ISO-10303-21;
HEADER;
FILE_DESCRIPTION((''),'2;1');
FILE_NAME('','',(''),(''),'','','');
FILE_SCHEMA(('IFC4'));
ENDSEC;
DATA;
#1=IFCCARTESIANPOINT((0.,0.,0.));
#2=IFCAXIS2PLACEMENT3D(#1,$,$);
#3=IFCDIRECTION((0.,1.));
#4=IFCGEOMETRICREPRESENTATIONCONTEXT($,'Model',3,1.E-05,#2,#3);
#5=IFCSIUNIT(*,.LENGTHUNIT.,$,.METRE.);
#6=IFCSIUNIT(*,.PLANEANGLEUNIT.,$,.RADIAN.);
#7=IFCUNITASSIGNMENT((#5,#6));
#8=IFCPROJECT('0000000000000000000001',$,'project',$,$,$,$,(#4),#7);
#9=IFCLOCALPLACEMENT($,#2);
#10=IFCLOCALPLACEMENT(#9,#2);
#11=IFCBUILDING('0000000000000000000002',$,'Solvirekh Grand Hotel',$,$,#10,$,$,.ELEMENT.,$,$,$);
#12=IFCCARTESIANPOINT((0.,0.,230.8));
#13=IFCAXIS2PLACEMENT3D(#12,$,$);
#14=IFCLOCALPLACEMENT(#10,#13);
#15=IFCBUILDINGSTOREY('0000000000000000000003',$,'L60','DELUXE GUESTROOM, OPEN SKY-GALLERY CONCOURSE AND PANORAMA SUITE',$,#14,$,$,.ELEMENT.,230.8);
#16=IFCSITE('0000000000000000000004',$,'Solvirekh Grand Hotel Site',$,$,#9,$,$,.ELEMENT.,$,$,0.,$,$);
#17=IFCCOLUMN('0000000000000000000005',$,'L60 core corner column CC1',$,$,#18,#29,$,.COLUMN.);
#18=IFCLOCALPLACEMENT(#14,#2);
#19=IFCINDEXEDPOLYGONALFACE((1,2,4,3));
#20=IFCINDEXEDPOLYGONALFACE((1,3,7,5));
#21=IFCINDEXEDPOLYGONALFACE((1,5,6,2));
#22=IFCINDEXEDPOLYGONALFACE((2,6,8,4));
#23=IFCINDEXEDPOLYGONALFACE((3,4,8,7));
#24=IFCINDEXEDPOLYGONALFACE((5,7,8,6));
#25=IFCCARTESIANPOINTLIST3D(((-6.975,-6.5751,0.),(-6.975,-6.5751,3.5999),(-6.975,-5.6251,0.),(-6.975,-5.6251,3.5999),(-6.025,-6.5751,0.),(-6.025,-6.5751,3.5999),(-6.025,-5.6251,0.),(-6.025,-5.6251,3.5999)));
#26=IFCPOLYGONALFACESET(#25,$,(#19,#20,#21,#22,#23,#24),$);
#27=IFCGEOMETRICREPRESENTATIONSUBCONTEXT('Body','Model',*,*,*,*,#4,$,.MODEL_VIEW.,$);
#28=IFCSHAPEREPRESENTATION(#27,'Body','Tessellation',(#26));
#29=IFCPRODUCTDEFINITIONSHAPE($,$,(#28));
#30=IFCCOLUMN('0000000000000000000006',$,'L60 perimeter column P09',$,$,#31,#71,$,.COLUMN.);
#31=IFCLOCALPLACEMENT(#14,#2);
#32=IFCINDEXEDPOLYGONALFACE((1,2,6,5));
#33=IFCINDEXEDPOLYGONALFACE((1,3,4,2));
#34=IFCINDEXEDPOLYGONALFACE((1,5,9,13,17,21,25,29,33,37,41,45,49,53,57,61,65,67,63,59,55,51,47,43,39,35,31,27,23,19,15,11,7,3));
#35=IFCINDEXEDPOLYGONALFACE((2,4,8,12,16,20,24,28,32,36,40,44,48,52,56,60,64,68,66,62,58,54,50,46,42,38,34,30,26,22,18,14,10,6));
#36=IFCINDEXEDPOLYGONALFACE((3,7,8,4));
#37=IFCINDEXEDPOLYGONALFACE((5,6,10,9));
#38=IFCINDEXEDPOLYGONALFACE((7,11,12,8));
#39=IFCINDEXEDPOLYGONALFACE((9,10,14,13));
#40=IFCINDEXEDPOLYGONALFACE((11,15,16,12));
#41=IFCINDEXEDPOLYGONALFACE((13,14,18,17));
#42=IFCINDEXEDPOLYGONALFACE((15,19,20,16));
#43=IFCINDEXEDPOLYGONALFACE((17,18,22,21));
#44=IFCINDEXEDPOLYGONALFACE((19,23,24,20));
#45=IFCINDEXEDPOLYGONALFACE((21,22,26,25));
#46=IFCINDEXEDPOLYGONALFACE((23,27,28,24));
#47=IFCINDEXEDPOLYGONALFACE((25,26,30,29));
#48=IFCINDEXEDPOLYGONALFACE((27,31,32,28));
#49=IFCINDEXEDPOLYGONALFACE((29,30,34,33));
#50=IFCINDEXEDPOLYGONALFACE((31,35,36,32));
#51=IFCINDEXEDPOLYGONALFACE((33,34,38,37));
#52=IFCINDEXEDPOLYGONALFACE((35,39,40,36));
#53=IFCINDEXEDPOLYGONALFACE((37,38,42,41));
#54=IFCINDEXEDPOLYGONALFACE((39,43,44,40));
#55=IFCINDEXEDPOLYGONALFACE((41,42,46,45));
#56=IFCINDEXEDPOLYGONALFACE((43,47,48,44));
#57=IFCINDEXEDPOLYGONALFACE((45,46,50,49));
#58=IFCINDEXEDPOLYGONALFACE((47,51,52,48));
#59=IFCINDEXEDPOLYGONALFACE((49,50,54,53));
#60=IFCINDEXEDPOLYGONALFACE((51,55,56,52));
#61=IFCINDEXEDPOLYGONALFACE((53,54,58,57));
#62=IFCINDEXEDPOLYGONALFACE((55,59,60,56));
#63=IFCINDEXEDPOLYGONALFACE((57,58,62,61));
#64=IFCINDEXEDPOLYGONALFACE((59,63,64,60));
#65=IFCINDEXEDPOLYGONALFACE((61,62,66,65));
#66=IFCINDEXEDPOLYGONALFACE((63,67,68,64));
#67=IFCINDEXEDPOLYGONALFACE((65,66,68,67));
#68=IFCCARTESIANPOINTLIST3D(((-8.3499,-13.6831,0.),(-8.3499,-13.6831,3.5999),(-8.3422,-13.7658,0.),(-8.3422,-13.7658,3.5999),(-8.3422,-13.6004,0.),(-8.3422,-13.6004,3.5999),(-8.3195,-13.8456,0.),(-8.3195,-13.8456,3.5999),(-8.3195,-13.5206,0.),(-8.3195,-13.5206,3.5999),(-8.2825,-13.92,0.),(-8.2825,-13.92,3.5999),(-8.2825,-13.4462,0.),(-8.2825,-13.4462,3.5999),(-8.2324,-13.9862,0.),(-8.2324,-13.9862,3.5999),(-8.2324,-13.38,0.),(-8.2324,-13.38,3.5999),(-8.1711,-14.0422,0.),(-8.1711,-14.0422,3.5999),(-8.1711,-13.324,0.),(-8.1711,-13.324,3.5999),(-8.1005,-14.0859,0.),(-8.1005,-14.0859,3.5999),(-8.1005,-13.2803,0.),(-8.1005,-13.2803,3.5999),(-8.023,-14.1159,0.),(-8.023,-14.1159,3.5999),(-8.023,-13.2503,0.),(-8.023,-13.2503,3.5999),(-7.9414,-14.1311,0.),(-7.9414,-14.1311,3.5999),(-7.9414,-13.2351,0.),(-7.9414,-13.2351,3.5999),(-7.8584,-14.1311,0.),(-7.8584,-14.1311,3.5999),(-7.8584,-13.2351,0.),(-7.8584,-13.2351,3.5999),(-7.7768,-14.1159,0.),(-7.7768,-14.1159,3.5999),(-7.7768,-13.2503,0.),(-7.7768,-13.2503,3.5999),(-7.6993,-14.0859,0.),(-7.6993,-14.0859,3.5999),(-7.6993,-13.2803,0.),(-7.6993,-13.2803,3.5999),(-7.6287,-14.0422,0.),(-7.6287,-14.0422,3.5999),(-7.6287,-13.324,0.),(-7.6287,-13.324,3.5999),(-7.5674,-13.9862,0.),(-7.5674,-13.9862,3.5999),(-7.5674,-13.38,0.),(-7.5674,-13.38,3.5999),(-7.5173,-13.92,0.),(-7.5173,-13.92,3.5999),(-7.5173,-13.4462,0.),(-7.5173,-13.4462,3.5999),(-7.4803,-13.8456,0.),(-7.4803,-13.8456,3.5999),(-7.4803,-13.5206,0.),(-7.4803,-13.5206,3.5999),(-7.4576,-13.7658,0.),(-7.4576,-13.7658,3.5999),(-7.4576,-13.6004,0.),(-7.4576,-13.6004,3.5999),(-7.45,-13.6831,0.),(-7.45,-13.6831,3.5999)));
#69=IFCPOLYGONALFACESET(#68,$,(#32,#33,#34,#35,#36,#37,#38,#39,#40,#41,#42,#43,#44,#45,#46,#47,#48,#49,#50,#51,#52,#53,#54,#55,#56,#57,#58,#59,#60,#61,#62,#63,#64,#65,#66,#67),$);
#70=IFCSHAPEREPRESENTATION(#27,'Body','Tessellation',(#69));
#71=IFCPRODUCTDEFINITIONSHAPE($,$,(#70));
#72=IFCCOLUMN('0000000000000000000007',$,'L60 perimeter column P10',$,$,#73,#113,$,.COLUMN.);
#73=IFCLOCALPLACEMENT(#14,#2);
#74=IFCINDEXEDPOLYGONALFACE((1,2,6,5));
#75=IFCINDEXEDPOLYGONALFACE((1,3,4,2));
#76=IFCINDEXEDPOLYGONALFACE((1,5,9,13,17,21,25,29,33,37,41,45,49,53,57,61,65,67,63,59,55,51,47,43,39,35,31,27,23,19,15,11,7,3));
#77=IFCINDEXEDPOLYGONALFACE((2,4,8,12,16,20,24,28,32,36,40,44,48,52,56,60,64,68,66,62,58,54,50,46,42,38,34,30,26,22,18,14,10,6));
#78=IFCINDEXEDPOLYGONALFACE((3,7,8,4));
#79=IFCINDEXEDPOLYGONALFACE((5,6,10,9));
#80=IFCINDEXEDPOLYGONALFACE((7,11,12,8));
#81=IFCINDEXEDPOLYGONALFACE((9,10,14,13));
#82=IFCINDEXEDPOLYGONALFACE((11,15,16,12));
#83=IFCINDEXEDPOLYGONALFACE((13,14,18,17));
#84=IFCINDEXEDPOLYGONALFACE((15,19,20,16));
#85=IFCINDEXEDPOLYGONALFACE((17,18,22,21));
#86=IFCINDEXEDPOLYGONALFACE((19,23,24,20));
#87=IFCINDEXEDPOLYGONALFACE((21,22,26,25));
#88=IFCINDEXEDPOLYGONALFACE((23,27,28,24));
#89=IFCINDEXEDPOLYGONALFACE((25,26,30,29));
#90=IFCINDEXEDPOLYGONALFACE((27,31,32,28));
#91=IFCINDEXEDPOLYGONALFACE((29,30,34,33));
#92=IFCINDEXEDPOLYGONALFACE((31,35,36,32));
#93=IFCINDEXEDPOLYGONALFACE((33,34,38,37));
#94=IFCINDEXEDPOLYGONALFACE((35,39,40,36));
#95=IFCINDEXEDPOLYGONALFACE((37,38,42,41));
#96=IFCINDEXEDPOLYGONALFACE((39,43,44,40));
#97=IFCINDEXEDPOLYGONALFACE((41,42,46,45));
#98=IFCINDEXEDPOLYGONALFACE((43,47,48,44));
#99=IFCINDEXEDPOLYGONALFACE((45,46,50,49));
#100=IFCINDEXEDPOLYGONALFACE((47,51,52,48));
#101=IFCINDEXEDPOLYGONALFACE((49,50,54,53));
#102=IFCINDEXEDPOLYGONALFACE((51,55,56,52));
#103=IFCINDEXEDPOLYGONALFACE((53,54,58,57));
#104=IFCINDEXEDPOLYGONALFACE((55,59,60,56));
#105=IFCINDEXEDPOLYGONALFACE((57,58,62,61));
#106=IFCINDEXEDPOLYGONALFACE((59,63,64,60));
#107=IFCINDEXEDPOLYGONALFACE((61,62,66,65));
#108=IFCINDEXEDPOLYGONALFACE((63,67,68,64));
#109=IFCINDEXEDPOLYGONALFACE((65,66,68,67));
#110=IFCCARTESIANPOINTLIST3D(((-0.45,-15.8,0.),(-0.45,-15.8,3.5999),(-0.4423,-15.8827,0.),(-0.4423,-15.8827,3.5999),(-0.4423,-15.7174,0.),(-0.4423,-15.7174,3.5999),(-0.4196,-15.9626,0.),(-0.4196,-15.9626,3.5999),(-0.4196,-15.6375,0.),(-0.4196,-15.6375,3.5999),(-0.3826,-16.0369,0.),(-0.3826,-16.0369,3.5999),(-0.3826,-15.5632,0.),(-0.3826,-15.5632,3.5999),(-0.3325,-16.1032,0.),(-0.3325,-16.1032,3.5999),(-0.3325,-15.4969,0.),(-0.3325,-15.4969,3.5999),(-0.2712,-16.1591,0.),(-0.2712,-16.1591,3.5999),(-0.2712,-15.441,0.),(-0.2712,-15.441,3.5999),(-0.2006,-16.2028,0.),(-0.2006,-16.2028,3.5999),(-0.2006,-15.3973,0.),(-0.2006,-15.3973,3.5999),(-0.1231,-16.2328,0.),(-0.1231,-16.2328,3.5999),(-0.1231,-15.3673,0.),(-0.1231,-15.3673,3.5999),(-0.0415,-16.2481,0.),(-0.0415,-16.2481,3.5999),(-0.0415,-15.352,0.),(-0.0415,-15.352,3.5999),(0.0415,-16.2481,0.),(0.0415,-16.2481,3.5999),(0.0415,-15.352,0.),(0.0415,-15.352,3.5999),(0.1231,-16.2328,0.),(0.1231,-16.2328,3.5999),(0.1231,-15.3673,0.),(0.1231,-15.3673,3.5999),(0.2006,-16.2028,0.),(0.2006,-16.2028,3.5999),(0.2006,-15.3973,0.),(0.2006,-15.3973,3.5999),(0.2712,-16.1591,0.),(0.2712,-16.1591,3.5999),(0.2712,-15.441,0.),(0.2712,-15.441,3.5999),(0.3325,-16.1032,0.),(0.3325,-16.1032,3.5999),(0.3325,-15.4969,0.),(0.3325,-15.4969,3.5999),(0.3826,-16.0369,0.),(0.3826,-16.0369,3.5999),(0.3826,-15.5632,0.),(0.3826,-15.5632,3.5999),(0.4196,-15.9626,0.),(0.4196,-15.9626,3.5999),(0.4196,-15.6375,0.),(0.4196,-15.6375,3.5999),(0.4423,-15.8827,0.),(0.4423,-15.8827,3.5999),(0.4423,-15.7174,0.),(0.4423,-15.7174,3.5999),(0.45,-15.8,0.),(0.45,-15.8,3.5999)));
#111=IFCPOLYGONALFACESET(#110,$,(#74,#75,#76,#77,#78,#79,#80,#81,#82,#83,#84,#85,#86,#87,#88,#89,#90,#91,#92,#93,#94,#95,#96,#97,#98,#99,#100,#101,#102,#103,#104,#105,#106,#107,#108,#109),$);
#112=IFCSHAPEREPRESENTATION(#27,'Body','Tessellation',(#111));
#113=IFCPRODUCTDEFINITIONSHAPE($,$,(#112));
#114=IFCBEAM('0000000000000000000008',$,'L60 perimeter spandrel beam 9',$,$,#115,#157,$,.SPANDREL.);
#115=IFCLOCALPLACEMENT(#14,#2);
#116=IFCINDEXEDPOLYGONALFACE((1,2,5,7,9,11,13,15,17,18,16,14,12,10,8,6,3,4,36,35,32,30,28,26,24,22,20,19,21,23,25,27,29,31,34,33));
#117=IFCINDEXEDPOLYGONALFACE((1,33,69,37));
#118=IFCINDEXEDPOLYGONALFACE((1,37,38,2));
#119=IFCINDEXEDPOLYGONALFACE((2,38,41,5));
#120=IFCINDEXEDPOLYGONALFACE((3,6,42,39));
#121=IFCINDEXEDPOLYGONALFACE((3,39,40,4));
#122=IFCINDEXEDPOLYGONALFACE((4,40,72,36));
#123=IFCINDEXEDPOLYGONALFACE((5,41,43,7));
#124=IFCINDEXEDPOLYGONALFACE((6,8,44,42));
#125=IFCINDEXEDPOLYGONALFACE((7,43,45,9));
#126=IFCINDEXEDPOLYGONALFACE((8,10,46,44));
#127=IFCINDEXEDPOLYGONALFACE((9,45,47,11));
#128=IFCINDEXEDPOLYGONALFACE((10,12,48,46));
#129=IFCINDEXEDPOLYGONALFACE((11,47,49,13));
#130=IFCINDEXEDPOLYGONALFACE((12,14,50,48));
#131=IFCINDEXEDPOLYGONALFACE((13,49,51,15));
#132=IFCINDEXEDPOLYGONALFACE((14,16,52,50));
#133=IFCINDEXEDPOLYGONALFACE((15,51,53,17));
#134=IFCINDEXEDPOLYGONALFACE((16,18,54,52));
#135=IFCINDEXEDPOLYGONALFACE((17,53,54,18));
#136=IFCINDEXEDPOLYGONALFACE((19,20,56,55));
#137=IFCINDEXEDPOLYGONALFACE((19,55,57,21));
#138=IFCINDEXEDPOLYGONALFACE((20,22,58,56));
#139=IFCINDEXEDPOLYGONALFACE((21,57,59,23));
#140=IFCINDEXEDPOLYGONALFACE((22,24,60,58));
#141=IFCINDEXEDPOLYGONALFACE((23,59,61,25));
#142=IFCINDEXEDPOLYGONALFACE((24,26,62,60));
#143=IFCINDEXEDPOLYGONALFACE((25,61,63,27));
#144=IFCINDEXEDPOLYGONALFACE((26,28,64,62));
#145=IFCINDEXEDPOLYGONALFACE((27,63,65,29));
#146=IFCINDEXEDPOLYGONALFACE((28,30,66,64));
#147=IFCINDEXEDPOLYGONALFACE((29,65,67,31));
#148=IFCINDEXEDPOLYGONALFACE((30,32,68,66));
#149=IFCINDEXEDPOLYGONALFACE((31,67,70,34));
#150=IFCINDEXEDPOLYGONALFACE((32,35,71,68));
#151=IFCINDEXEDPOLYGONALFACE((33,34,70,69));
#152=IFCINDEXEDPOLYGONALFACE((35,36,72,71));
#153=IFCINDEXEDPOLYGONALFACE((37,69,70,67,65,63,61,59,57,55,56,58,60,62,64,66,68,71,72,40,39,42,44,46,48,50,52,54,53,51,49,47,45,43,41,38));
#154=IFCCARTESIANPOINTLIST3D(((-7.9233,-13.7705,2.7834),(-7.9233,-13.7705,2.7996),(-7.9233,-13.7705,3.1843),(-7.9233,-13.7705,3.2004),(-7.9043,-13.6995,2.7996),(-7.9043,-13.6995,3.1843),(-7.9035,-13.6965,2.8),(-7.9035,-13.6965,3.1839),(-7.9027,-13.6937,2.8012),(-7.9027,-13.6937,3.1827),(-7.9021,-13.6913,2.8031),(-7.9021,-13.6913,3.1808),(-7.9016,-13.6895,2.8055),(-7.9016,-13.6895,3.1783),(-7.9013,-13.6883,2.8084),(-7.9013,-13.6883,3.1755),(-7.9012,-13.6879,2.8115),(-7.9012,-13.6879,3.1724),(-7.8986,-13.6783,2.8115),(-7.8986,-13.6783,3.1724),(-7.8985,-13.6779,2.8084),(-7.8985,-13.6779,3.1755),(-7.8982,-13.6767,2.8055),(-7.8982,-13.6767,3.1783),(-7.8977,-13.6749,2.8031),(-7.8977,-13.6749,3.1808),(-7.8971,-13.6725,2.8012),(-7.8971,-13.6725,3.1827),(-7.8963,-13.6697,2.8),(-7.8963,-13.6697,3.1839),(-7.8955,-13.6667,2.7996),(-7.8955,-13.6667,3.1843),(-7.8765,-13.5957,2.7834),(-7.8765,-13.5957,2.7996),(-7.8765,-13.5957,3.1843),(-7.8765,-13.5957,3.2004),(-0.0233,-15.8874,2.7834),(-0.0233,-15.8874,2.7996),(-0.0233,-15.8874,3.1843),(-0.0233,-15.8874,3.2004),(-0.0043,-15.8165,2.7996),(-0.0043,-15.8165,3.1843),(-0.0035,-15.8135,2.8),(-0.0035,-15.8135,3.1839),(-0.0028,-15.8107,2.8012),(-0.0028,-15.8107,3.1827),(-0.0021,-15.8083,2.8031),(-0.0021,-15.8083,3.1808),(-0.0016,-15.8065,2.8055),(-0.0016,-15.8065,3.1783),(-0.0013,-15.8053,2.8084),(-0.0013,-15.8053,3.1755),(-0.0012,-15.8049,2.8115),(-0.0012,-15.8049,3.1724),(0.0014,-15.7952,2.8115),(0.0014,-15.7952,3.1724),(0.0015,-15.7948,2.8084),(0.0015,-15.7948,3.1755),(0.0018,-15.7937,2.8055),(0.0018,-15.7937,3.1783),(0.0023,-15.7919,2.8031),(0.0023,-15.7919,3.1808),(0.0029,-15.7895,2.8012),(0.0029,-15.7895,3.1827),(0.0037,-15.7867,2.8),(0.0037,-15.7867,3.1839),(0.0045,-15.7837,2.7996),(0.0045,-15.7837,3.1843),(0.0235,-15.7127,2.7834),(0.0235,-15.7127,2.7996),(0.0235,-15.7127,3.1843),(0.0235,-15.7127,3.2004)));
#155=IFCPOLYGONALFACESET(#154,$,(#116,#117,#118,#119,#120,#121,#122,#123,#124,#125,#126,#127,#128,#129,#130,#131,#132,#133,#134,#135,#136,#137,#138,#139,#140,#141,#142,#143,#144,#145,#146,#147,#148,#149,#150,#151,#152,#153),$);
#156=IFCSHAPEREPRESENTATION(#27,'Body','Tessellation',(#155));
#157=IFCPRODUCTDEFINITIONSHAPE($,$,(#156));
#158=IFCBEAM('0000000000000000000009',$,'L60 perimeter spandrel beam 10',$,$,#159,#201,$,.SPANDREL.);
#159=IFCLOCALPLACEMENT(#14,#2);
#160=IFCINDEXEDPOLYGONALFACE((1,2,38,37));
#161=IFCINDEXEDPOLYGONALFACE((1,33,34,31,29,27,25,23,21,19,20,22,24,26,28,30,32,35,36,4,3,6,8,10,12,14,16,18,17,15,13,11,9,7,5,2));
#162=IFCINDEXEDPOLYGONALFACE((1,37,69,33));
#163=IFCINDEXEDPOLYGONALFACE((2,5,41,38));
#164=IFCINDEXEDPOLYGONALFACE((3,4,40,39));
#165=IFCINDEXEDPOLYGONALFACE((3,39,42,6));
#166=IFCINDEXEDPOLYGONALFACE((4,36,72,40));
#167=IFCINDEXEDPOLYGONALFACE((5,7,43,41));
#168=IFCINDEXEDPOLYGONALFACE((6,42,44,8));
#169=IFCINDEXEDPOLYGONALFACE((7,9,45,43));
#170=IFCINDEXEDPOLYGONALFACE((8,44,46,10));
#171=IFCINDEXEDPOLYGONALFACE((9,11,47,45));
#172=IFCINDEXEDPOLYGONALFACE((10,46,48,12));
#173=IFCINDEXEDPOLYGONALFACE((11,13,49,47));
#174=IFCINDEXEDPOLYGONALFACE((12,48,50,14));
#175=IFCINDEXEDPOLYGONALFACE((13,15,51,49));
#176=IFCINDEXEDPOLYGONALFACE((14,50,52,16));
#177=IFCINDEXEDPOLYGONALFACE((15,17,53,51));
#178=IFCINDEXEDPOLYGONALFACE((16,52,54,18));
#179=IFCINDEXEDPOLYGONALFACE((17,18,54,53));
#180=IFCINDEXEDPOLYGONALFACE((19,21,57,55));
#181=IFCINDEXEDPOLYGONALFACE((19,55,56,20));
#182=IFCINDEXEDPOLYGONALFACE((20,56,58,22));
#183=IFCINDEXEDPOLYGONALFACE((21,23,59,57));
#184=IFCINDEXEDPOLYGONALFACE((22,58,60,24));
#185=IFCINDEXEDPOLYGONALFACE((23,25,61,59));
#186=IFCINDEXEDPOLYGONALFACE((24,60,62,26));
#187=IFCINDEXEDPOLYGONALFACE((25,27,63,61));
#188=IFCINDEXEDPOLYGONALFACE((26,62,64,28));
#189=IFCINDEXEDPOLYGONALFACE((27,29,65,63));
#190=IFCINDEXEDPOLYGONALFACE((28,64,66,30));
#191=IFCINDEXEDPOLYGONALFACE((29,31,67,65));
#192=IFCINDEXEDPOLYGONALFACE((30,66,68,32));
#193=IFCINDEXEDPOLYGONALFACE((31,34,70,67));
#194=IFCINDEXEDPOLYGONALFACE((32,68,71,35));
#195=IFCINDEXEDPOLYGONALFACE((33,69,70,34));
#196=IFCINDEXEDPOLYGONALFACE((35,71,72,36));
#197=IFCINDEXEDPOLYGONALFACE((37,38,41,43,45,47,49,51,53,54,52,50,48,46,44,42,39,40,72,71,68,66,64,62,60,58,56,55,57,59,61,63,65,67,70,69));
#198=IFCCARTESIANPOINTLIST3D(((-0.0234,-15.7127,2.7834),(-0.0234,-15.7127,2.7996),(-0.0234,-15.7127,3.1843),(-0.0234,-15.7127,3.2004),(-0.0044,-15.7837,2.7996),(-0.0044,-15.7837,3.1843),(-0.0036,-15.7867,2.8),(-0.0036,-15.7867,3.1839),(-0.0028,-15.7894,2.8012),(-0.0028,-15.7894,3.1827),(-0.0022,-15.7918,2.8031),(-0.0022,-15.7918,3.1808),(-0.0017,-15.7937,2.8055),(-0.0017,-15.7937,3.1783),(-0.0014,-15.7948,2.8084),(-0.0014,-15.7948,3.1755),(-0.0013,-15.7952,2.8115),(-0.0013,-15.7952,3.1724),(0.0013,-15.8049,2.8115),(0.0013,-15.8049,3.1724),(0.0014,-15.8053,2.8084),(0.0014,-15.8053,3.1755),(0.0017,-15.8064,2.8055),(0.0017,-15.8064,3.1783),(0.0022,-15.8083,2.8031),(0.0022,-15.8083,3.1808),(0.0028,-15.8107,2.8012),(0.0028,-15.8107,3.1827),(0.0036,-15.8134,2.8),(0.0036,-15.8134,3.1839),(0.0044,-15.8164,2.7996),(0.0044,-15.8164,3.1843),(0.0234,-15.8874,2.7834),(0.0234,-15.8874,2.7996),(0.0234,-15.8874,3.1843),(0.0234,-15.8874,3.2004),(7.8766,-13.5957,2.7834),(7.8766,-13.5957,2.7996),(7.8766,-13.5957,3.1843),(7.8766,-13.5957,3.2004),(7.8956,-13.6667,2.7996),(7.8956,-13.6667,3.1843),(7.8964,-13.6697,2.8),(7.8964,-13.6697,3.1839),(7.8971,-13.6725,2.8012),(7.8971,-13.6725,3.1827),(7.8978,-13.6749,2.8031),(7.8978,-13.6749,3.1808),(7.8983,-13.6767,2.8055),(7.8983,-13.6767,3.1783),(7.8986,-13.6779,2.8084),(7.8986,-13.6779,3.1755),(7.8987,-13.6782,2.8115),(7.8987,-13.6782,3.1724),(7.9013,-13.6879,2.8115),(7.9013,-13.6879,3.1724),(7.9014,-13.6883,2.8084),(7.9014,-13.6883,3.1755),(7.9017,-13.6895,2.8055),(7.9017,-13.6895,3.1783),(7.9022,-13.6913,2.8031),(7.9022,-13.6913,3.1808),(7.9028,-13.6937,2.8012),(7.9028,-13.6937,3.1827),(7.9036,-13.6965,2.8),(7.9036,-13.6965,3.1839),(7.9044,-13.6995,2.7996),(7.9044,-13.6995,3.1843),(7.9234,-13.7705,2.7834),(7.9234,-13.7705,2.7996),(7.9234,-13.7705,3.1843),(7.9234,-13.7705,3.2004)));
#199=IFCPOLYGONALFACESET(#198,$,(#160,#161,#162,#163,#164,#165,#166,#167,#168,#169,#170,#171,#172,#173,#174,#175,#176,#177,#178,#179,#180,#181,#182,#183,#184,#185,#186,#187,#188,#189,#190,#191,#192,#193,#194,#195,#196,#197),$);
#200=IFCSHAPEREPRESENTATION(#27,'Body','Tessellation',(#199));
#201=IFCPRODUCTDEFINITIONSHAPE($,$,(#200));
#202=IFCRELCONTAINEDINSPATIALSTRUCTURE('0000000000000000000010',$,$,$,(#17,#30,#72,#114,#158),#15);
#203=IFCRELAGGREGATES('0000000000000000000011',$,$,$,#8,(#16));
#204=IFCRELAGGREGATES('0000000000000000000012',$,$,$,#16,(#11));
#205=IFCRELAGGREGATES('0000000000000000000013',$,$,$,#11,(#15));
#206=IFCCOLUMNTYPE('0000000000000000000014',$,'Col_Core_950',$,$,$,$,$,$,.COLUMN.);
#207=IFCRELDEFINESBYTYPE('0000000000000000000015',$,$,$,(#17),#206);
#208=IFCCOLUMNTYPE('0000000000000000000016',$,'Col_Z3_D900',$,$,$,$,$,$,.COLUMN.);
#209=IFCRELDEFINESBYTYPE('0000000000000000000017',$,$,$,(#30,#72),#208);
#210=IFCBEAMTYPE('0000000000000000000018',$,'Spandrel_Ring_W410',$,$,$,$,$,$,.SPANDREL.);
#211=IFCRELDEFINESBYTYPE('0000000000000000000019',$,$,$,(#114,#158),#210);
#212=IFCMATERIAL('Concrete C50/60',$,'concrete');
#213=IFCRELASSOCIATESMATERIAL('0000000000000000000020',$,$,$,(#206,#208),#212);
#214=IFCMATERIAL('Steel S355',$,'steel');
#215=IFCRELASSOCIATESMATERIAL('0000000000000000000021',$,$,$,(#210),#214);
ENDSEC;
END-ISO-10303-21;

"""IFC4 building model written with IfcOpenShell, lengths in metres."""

from ifc_helpers import new_model, si_unit, direction, frame, origin, origin_2d, place, context, subcontext, project, spatial, rectangle, circle, i_section, extrude, material, material_profile, profile_set, type_object, element, save


model = new_model("IFC4")

# Units and contexts
model_context = context("Model", 3, precision=1e-05, world=origin(), true_north=direction((0.0, 1.0)))
body_context = subcontext(model_context, "Body", "Model", "MODEL_VIEW")
ifc_project = project(units=[si_unit("LENGTHUNIT", "METRE"), si_unit("PLANEANGLEUNIT", "RADIAN")], contexts=[model_context])

# Site, building, storey
site_placement = place(None, origin())
site = spatial("IfcSite", under=ifc_project, at=site_placement, Name="Solvirekh Grand Hotel Site", CompositionType="ELEMENT", RefElevation=0.0)
building_placement = place(site_placement, origin())
building = spatial("IfcBuilding", under=site, at=building_placement, Name="Solvirekh Grand Hotel", CompositionType="ELEMENT")
storey_placement = place(building_placement, frame((0.0, 0.0, 230.8)))
storey = spatial("IfcBuildingStorey", under=building, at=storey_placement, Name="L60", Description="DELUXE GUESTROOM, OPEN SKY-GALLERY CONCOURSE AND PANORAMA SUITE", CompositionType="ELEMENT", Elevation=230.8)

# Columns
ifc_material_1 = material(Name="Concrete C50/60", Category="concrete")
ifc_material_profile_1 = material_profile(ifc_material_1, rectangle(XDim=0.95, YDim=0.95, at=origin_2d()), Name="RC 950X950")
ifc_profile_set_1 = profile_set([ifc_material_profile_1], Name="Concrete C50/60")
column_type_1 = type_object("IfcColumnType", Name="Col_Core_950", PredefinedType="COLUMN", material=ifc_profile_set_1)
column_placement = place(storey_placement, frame((-6.5, -6.1001, 0.0), z_axis=(0.0, 0.0, 1.0), x_axis=(1.0, 0.0, 0.0)))
element("IfcColumn", 1, at=column_placement, inside=storey, type_object=column_type_1, Name="L60 core corner column CC1", PredefinedType="COLUMN", context=body_context, shape_type="SweptSolid", body=[
    extrude(rectangle(XDim=0.95, YDim=0.95, at=origin_2d()), origin(), (0.0, 0.0, 1.0), 3.5999),
])
ifc_material_profile_2 = material_profile(ifc_material_1, circle(Radius=0.45, at=origin_2d()), Name="RC CIRC D900")
ifc_profile_set_2 = profile_set([ifc_material_profile_2], Name="Concrete C50/60")
column_type_2 = type_object("IfcColumnType", Name="Col_Z3_D900", PredefinedType="COLUMN", material=ifc_profile_set_2)
for number, where, z_axis, x_axis, name in (
    (2, (-7.8999, -13.6831, 0.0), (0.0, 0.0, 1.0), (1.0, 0.0, 0.0), "L60 perimeter column P09"),
    (3, (0.0, -15.8, 0.0), (0.0, 0.0, 1.0), (1.0, 0.0, 0.0), "L60 perimeter column P10"),
):
    element("IfcColumn", number, at=place(storey_placement, frame(where, z_axis=z_axis, x_axis=x_axis)), inside=storey, type_object=column_type_2, Name=name, PredefinedType="COLUMN", context=body_context, shape_type="SweptSolid", body=[
        extrude(circle(Radius=0.45, at=origin_2d()), origin(), (0.0, 0.0, 1.0), 3.5999),
    ])

# Beams
ifc_material_2 = material(Name="Steel S355", Category="steel")
ifc_material_profile_3 = material_profile(ifc_material_2, i_section(OverallWidth=0.1809, OverallDepth=0.417, WebThickness=0.01, FlangeThickness=0.0161, FilletRadius=0.012, at=origin_2d()), Name="W410X85")
ifc_profile_set_3 = profile_set([ifc_material_profile_3], Name="Steel S355")
beam_type_1 = type_object("IfcBeamType", Name="Spandrel_Ring_W410", PredefinedType="SPANDREL", material=ifc_profile_set_3)
for number, where, z_axis, x_axis, name in (
    (4, (-7.8999, -13.6831, 2.9919), (0.965921, -0.258839, 0.0), (0.258839, 0.965921, 0.0), "L60 perimeter spandrel beam 9"),
    (5, (0.0, -15.8, 2.9919), (0.965921, 0.258839, 0.0), (-0.258839, 0.965921, 0.0), "L60 perimeter spandrel beam 10"),
):
    element("IfcBeam", number, at=place(storey_placement, frame(where, z_axis=z_axis, x_axis=x_axis)), inside=storey, type_object=beam_type_1, Name=name, PredefinedType="SPANDREL", context=body_context, shape_type="SweptSolid", body=[
        extrude(i_section(OverallWidth=0.1809, OverallDepth=0.417, WebThickness=0.01, FlangeThickness=0.0161, FilletRadius=0.012, at=origin_2d()), origin(), (0.0, 0.0, 1.0), 8.1787),
    ])

save(model, "model.ifc")
